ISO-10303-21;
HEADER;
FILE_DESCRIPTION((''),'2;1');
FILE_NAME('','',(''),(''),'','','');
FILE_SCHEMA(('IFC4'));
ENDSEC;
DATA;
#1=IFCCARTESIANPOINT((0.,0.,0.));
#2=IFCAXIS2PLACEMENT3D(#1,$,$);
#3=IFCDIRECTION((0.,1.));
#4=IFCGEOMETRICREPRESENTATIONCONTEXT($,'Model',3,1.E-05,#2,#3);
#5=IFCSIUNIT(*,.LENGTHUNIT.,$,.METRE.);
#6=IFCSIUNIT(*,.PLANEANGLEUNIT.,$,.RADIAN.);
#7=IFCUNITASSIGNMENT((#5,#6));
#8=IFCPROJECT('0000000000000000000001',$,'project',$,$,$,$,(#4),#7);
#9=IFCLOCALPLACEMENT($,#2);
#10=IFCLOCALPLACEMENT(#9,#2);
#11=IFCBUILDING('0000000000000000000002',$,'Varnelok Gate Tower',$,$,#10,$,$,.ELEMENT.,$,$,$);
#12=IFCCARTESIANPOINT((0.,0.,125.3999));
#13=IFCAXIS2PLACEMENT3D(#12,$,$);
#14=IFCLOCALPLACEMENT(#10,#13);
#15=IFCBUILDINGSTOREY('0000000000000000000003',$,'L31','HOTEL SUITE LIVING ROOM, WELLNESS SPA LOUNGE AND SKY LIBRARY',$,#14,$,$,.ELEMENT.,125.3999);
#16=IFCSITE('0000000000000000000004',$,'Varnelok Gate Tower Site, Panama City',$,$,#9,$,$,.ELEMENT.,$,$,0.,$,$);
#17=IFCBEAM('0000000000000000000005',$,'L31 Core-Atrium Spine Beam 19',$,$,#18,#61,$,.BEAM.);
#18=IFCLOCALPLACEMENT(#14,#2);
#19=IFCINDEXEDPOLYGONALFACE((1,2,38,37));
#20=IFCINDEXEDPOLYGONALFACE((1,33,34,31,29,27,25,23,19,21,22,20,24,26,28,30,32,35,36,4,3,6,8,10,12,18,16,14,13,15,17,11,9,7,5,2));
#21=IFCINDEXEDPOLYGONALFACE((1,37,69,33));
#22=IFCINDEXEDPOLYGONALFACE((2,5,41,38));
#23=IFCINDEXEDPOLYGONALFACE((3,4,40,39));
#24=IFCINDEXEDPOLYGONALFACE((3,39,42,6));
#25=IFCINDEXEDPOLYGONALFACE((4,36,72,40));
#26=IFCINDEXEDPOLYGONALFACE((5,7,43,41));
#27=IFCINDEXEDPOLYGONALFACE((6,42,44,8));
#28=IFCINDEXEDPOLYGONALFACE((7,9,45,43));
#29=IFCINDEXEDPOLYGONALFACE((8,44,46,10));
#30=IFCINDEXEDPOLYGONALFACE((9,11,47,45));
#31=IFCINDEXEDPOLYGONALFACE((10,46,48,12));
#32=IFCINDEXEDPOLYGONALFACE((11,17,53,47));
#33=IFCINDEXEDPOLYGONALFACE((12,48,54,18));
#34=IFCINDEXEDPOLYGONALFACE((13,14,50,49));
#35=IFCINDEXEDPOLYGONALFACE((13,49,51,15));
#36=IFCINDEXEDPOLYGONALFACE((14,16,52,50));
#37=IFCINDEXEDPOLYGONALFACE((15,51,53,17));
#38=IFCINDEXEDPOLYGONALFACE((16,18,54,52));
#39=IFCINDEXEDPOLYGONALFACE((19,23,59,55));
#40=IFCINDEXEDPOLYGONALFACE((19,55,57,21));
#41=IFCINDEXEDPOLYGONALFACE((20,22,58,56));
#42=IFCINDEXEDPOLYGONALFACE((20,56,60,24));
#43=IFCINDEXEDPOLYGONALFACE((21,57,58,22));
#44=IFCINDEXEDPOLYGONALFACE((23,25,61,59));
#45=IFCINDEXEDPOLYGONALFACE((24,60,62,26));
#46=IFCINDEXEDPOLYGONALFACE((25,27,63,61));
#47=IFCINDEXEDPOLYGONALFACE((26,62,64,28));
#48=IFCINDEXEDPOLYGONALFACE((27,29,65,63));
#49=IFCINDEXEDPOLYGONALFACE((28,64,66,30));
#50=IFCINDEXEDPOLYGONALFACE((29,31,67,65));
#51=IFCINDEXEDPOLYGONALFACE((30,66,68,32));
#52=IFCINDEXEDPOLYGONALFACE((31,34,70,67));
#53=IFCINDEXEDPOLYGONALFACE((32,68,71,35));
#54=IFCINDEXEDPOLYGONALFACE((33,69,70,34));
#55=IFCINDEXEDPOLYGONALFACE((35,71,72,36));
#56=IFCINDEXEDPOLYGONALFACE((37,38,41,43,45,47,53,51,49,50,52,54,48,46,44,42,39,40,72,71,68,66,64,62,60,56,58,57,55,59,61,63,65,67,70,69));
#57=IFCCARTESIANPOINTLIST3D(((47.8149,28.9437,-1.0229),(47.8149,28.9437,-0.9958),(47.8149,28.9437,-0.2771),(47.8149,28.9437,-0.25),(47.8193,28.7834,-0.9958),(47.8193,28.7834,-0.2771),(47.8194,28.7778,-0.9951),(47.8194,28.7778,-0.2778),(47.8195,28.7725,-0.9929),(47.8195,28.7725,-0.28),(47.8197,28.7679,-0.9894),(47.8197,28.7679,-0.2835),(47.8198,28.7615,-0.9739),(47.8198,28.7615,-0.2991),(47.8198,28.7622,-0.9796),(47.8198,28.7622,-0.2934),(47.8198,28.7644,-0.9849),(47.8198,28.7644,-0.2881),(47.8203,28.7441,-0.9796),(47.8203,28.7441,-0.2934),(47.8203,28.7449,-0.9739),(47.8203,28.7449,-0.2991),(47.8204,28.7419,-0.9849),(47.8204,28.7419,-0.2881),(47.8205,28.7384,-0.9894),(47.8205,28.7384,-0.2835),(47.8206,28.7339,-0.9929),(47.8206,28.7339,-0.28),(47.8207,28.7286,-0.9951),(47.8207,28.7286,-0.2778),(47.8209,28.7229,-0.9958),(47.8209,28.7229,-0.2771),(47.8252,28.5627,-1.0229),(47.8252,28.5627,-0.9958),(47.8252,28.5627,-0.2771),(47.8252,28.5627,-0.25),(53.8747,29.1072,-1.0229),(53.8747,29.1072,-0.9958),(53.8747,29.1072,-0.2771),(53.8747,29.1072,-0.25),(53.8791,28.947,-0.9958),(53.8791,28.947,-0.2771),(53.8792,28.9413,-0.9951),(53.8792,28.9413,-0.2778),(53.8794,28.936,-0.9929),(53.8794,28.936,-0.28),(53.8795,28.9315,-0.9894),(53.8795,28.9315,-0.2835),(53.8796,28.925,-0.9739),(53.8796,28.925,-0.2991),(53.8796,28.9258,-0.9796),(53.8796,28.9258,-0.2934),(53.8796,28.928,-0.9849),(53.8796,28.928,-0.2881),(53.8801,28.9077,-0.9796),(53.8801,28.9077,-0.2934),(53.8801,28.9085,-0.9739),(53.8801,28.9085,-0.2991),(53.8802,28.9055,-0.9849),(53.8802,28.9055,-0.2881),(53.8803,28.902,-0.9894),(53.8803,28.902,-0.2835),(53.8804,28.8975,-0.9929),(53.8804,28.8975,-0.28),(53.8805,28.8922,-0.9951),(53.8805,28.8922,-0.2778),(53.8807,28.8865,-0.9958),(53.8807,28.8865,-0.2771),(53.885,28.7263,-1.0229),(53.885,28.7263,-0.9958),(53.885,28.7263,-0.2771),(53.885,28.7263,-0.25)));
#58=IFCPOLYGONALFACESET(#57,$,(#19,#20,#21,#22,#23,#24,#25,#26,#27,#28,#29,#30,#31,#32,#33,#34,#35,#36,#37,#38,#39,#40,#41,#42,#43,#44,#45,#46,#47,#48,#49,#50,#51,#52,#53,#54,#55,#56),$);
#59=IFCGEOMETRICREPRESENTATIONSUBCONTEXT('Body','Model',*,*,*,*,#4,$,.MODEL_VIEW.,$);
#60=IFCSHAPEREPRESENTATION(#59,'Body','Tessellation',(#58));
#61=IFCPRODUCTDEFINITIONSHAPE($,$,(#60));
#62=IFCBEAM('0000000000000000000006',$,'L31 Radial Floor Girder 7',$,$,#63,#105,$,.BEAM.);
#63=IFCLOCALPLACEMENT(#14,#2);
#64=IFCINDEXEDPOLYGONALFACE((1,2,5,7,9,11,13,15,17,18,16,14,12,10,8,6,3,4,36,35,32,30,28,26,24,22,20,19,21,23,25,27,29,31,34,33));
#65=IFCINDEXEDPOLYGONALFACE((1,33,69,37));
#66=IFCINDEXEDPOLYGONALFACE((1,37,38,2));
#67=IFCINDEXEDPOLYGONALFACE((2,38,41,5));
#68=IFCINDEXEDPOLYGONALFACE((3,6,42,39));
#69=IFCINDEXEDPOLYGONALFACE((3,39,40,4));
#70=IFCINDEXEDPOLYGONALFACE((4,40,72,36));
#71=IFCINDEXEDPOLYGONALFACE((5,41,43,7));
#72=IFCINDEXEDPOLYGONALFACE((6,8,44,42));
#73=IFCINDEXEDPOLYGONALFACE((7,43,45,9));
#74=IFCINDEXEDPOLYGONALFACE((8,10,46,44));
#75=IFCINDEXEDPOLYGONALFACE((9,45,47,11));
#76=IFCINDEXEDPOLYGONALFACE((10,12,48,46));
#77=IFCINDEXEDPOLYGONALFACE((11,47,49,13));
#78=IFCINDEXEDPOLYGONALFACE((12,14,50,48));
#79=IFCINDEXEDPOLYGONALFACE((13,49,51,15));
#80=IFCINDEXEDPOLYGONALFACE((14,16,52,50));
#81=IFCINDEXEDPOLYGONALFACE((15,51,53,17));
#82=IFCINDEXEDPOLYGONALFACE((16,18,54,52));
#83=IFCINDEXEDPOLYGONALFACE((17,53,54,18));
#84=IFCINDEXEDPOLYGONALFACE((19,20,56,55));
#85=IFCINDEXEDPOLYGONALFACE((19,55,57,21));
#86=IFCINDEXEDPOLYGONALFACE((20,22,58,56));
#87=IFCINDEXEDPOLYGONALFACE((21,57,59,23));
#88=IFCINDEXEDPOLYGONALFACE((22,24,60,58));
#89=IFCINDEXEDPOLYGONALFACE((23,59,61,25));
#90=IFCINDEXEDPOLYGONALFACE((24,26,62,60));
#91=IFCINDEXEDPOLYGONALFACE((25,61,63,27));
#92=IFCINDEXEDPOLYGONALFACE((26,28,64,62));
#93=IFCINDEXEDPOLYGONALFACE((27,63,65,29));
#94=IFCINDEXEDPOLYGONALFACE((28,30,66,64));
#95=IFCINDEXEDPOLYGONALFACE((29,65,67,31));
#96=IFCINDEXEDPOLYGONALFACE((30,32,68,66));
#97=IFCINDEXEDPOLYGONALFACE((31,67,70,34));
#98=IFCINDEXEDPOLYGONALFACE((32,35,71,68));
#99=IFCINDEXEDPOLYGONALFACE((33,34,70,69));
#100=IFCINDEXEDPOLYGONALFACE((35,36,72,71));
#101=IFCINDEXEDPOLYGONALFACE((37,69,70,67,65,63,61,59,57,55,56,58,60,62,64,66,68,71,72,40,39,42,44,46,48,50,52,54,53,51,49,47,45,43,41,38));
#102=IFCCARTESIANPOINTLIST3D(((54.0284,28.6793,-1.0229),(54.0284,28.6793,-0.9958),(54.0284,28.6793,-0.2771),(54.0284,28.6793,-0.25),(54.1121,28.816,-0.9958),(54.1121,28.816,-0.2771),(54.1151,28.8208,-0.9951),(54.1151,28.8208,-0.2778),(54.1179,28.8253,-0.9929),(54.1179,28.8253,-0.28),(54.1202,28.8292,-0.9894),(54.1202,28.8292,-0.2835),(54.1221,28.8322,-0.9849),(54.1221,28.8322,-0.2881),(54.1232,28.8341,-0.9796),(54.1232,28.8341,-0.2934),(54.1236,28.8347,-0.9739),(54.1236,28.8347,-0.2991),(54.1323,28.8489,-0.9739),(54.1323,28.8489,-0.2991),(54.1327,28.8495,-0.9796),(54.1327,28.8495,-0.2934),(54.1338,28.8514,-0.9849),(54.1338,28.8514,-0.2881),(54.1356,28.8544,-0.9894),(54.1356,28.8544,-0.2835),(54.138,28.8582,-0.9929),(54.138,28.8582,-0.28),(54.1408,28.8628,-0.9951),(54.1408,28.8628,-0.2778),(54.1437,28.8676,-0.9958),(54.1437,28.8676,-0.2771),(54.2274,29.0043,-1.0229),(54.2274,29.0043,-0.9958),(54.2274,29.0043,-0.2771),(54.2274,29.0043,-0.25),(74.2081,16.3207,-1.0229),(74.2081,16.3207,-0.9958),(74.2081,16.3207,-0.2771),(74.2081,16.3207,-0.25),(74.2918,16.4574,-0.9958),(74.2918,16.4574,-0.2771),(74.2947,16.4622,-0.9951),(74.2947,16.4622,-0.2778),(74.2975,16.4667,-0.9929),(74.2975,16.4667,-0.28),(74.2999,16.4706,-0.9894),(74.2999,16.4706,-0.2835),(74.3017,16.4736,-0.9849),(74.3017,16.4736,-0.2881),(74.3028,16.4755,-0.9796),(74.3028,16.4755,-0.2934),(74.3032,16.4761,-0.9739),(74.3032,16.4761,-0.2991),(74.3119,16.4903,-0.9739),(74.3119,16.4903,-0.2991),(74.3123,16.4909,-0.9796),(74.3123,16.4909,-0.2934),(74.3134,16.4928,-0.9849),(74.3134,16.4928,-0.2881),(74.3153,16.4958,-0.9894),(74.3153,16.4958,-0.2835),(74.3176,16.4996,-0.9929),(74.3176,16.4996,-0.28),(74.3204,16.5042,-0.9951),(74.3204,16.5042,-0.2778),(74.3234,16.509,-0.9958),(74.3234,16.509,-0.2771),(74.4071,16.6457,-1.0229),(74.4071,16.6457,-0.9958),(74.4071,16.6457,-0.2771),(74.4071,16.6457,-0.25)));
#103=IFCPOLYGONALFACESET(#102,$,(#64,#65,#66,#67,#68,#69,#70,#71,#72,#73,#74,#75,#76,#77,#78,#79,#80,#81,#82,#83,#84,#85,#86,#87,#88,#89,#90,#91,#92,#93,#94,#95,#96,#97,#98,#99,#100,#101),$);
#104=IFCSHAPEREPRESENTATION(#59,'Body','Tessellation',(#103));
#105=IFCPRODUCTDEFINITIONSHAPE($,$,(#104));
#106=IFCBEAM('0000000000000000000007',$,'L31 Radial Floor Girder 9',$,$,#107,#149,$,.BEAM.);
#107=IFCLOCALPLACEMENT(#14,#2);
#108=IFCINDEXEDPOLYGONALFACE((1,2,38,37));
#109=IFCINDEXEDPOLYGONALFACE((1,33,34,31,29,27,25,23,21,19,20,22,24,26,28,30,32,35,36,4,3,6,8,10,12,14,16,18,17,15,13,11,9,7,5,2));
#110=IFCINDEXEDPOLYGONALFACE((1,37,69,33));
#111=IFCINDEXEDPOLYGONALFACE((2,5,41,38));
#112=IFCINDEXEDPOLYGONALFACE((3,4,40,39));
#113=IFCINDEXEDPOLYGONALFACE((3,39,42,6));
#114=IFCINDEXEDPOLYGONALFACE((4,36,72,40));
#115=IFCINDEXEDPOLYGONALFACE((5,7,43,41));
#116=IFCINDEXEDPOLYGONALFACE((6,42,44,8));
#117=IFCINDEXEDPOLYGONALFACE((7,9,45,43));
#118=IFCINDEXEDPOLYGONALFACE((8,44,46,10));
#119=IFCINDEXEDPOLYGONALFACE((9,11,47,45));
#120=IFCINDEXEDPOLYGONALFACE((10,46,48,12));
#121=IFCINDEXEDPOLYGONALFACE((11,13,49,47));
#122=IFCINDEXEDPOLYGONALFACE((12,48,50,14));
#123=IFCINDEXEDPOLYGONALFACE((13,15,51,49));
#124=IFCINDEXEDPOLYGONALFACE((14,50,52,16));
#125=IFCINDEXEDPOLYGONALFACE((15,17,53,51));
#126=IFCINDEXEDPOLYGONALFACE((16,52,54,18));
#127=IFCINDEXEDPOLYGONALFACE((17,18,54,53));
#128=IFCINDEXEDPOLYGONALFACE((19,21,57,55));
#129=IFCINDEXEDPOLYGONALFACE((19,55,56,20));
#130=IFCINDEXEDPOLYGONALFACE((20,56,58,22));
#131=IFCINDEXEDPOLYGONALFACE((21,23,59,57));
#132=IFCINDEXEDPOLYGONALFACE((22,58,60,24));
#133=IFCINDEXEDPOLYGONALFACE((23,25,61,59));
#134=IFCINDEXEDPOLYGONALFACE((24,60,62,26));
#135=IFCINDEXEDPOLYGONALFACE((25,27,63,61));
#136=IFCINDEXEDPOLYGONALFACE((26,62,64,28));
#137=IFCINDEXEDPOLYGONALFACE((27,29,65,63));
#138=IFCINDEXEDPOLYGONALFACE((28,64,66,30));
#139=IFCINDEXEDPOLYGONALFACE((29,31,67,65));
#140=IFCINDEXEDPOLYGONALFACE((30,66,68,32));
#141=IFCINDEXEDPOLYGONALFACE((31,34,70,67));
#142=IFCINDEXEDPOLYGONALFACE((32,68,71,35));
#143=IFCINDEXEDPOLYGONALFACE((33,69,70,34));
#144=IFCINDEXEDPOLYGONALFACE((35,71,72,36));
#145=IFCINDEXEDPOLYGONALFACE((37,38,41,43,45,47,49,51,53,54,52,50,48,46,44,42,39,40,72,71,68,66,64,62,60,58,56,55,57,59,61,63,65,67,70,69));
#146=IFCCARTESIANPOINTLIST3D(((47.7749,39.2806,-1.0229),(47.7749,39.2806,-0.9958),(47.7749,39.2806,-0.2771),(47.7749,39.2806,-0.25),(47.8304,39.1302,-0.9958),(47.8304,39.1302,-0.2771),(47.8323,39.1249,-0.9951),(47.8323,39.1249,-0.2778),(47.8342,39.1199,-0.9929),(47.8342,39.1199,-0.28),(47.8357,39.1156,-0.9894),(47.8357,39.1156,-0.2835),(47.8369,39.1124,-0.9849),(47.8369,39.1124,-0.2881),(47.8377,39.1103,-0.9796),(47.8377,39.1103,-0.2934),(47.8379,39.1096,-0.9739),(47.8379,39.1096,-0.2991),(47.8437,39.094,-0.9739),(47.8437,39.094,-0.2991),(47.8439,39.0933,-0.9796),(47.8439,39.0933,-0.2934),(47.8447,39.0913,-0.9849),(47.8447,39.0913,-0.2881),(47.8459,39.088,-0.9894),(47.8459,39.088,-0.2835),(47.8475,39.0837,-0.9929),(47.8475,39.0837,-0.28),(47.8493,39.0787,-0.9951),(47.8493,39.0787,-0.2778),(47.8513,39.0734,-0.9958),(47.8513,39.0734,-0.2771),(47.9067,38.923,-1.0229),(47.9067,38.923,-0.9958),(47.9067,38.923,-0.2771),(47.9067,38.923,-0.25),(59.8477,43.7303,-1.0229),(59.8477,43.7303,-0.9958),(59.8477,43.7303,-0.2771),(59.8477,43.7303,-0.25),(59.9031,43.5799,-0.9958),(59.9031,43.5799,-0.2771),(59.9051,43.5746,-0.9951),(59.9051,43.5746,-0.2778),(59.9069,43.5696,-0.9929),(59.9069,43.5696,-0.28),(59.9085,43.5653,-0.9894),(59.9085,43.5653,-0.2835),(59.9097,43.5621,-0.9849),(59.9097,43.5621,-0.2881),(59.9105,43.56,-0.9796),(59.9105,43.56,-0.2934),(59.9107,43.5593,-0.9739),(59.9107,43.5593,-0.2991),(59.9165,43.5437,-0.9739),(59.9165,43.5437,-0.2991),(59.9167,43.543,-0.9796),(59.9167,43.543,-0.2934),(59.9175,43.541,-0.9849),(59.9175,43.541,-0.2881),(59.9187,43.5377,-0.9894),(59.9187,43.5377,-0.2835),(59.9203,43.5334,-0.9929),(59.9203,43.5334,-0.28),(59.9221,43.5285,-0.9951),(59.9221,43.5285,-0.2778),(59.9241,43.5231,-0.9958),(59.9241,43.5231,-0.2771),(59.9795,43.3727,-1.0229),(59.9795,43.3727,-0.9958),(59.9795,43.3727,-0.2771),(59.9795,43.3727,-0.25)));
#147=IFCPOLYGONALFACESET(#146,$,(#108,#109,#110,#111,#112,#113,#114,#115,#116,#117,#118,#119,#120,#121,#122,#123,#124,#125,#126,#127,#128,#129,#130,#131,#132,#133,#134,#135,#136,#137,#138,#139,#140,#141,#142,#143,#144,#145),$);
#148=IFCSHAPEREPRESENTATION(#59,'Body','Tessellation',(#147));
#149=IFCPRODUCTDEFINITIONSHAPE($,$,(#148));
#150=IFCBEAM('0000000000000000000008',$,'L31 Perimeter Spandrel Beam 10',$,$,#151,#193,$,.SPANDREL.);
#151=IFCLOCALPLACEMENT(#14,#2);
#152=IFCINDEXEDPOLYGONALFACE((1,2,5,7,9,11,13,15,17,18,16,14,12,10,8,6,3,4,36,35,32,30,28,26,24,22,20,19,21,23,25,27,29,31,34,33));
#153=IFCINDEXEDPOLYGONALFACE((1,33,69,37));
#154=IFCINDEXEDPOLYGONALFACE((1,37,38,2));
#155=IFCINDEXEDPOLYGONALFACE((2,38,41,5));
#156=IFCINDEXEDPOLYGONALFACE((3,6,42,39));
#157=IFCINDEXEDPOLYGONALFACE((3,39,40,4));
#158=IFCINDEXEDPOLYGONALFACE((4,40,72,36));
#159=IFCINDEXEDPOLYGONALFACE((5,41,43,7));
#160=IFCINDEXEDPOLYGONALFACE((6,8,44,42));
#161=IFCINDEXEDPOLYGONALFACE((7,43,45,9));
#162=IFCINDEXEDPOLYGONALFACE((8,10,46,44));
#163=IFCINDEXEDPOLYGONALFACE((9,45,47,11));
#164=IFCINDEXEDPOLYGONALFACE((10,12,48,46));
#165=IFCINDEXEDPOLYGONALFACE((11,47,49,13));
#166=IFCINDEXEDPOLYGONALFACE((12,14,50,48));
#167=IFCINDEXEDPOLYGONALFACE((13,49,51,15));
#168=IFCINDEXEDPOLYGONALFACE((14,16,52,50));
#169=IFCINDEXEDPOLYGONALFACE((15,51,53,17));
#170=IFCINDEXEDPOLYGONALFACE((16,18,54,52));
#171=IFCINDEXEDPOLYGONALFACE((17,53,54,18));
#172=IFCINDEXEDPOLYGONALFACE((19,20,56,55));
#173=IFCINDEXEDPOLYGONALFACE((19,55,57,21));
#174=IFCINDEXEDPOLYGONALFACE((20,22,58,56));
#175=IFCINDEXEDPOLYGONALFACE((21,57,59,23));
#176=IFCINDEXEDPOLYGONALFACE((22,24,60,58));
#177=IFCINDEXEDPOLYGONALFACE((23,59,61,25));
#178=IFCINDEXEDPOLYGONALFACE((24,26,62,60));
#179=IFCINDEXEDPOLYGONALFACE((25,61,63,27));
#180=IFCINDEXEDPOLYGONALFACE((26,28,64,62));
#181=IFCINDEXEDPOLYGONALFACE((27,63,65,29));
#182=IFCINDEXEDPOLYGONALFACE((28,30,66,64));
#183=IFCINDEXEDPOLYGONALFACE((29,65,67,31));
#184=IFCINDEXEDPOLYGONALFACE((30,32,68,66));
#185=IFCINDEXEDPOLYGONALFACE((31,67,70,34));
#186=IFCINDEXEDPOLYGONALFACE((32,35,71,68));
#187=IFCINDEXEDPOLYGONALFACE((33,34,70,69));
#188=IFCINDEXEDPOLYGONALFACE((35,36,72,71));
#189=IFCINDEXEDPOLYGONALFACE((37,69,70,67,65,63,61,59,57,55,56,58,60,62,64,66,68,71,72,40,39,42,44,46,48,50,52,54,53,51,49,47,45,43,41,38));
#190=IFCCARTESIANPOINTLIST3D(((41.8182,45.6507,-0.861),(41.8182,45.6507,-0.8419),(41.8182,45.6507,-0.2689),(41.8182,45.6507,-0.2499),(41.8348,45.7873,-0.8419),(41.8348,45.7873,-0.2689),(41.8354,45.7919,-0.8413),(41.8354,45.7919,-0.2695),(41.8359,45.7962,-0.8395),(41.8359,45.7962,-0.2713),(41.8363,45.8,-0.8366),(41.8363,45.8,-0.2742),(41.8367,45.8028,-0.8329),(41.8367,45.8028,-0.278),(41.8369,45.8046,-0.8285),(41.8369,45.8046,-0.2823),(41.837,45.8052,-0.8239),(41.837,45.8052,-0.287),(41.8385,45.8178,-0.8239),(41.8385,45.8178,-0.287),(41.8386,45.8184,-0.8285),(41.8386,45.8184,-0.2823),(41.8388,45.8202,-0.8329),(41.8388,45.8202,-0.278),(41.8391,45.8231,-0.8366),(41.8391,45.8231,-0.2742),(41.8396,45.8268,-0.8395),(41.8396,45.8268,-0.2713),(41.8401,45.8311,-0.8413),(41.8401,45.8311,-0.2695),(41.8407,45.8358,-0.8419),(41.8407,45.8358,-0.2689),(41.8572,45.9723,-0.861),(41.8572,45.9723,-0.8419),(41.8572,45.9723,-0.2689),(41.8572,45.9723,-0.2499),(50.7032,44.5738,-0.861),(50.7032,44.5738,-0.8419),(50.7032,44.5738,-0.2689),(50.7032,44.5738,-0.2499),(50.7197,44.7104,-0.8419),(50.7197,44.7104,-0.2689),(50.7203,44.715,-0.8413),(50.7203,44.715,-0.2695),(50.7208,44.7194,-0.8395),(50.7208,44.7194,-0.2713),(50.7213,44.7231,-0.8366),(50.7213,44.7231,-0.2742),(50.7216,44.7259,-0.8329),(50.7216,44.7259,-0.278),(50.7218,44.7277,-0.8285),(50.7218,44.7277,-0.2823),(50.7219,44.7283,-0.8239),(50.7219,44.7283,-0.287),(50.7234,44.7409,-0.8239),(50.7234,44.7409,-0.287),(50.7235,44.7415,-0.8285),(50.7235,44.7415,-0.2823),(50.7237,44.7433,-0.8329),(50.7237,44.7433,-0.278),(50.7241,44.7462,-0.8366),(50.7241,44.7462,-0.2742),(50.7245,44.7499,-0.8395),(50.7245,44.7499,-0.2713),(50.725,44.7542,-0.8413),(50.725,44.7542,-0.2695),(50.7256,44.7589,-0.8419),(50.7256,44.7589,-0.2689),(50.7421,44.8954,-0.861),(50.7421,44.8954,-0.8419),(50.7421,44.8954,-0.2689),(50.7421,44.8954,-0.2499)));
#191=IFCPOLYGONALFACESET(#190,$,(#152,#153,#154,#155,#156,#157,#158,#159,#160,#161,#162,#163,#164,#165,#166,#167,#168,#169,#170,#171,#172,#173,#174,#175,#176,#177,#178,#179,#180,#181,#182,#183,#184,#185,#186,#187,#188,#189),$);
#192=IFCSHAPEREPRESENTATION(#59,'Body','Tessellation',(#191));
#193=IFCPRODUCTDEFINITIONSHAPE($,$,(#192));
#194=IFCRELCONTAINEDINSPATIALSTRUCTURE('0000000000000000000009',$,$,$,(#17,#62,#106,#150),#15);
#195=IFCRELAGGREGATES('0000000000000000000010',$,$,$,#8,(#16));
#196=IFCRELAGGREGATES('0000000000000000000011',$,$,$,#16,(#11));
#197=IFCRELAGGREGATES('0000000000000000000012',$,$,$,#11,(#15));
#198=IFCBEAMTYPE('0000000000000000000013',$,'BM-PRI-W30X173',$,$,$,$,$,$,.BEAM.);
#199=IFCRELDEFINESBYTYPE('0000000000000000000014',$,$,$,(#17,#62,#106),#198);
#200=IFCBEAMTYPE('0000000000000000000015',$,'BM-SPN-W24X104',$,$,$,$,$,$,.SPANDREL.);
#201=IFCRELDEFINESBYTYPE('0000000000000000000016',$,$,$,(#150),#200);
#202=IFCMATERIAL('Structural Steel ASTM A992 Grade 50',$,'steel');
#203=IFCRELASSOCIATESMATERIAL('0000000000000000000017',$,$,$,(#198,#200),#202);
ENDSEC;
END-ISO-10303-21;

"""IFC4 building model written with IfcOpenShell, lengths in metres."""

from ifc_helpers import new_model, si_unit, direction, frame, origin, origin_2d, place, context, subcontext, project, spatial, i_section, extrude, material, material_profile, profile_set, type_object, element, save


model = new_model("IFC4")

# Units and contexts
model_context = context("Model", 3, precision=1e-05, world=origin(), true_north=direction((0.0, 1.0)))
body_context = subcontext(model_context, "Body", "Model", "MODEL_VIEW")
ifc_project = project(units=[si_unit("LENGTHUNIT", "METRE"), si_unit("PLANEANGLEUNIT", "RADIAN")], contexts=[model_context])

# Site, building, storey
site_placement = place(None, origin())
site = spatial("IfcSite", under=ifc_project, at=site_placement, Name="Varnelok Gate Tower Site, Panama City", CompositionType="ELEMENT", RefElevation=0.0)
building_placement = place(site_placement, origin())
building = spatial("IfcBuilding", under=site, at=building_placement, Name="Varnelok Gate Tower", CompositionType="ELEMENT")
storey_placement = place(building_placement, frame((0.0, 0.0, 125.3999)))
storey = spatial("IfcBuildingStorey", under=building, at=storey_placement, Name="L31", Description="HOTEL SUITE LIVING ROOM, WELLNESS SPA LOUNGE AND SKY LIBRARY", CompositionType="ELEMENT", Elevation=125.3999)

# Shared definitions
ifc_material_1 = material(Name="Structural Steel ASTM A992 Grade 50", Category="steel")

# Beams
ifc_material_profile_1 = material_profile(ifc_material_1, i_section(OverallWidth=0.3811, OverallDepth=0.7729, WebThickness=0.0166, FlangeThickness=0.0271, FilletRadius=0.022, at=origin_2d()), Name="W30X173")
ifc_profile_set_1 = profile_set([ifc_material_profile_1], Name="Structural Steel ASTM A992 Grade 50")
beam_type_1 = type_object("IfcBeamType", Name="BM-PRI-W30X173", PredefinedType="BEAM", material=ifc_profile_set_1)
beam_1_placement = place(storey_placement, frame((47.8201, 28.7532, -0.6365), z_axis=(0.999636, 0.026983, 0.0), x_axis=(-0.026983, 0.999636, 0.0)))
element("IfcBeam", 1, at=beam_1_placement, inside=storey, type_object=beam_type_1, Name="L31 Core-Atrium Spine Beam 19", PredefinedType="BEAM", context=body_context, shape_type="SweptSolid", body=[
    extrude(i_section(OverallWidth=0.3811, OverallDepth=0.7729, WebThickness=0.0166, FlangeThickness=0.0271, FilletRadius=0.022, at=origin_2d()), origin(), (0.0, 0.0, 1.0), 6.062),
])
beam_2_placement = place(storey_placement, frame((54.1279, 28.8418, -0.6365), z_axis=(0.852781, -0.522269, 0.0), x_axis=(0.522269, 0.852781, 0.0)))
element("IfcBeam", 2, at=beam_2_placement, inside=storey, type_object=beam_type_1, Name="L31 Radial Floor Girder 7", PredefinedType="BEAM", context=body_context, shape_type="SweptSolid", body=[
    extrude(i_section(OverallWidth=0.3811, OverallDepth=0.7729, WebThickness=0.0166, FlangeThickness=0.0271, FilletRadius=0.022, at=origin_2d()), origin(), (0.0, 0.0, 1.0), 23.6633),
])
beam_3_placement = place(storey_placement, frame((47.8408, 39.1018, -0.6365), z_axis=(0.938296, 0.345832, 0.0), x_axis=(-0.345832, 0.938296, 0.0)))
element("IfcBeam", 3, at=beam_3_placement, inside=storey, type_object=beam_type_1, Name="L31 Radial Floor Girder 9", PredefinedType="BEAM", context=body_context, shape_type="SweptSolid", body=[
    extrude(i_section(OverallWidth=0.3811, OverallDepth=0.7729, WebThickness=0.0166, FlangeThickness=0.0271, FilletRadius=0.022, at=origin_2d()), origin(), (0.0, 0.0, 1.0), 12.8667),
])
ifc_material_profile_2 = material_profile(ifc_material_1, i_section(OverallWidth=0.324, OverallDepth=0.6111, WebThickness=0.0127, FlangeThickness=0.019, FilletRadius=0.0181, at=origin_2d()), Name="W24X104")
ifc_profile_set_2 = profile_set([ifc_material_profile_2], Name="Structural Steel ASTM A992 Grade 50")
beam_type_2 = type_object("IfcBeamType", Name="BM-SPN-W24X104", PredefinedType="SPANDREL", material=ifc_profile_set_2)
beam_4_placement = place(storey_placement, frame((50.7227, 44.7346, -0.5554), z_axis=(-0.992735, 0.120324, 0.0), x_axis=(-0.120324, -0.992735, 0.0)))
element("IfcBeam", 4, at=beam_4_placement, inside=storey, type_object=beam_type_2, Name="L31 Perimeter Spandrel Beam 10", PredefinedType="SPANDREL", context=body_context, shape_type="SweptSolid", body=[
    extrude(i_section(OverallWidth=0.324, OverallDepth=0.6111, WebThickness=0.0127, FlangeThickness=0.019, FilletRadius=0.0181, at=origin_2d()), origin(), (0.0, 0.0, 1.0), 8.95),
])

save(model, "model.ifc")
